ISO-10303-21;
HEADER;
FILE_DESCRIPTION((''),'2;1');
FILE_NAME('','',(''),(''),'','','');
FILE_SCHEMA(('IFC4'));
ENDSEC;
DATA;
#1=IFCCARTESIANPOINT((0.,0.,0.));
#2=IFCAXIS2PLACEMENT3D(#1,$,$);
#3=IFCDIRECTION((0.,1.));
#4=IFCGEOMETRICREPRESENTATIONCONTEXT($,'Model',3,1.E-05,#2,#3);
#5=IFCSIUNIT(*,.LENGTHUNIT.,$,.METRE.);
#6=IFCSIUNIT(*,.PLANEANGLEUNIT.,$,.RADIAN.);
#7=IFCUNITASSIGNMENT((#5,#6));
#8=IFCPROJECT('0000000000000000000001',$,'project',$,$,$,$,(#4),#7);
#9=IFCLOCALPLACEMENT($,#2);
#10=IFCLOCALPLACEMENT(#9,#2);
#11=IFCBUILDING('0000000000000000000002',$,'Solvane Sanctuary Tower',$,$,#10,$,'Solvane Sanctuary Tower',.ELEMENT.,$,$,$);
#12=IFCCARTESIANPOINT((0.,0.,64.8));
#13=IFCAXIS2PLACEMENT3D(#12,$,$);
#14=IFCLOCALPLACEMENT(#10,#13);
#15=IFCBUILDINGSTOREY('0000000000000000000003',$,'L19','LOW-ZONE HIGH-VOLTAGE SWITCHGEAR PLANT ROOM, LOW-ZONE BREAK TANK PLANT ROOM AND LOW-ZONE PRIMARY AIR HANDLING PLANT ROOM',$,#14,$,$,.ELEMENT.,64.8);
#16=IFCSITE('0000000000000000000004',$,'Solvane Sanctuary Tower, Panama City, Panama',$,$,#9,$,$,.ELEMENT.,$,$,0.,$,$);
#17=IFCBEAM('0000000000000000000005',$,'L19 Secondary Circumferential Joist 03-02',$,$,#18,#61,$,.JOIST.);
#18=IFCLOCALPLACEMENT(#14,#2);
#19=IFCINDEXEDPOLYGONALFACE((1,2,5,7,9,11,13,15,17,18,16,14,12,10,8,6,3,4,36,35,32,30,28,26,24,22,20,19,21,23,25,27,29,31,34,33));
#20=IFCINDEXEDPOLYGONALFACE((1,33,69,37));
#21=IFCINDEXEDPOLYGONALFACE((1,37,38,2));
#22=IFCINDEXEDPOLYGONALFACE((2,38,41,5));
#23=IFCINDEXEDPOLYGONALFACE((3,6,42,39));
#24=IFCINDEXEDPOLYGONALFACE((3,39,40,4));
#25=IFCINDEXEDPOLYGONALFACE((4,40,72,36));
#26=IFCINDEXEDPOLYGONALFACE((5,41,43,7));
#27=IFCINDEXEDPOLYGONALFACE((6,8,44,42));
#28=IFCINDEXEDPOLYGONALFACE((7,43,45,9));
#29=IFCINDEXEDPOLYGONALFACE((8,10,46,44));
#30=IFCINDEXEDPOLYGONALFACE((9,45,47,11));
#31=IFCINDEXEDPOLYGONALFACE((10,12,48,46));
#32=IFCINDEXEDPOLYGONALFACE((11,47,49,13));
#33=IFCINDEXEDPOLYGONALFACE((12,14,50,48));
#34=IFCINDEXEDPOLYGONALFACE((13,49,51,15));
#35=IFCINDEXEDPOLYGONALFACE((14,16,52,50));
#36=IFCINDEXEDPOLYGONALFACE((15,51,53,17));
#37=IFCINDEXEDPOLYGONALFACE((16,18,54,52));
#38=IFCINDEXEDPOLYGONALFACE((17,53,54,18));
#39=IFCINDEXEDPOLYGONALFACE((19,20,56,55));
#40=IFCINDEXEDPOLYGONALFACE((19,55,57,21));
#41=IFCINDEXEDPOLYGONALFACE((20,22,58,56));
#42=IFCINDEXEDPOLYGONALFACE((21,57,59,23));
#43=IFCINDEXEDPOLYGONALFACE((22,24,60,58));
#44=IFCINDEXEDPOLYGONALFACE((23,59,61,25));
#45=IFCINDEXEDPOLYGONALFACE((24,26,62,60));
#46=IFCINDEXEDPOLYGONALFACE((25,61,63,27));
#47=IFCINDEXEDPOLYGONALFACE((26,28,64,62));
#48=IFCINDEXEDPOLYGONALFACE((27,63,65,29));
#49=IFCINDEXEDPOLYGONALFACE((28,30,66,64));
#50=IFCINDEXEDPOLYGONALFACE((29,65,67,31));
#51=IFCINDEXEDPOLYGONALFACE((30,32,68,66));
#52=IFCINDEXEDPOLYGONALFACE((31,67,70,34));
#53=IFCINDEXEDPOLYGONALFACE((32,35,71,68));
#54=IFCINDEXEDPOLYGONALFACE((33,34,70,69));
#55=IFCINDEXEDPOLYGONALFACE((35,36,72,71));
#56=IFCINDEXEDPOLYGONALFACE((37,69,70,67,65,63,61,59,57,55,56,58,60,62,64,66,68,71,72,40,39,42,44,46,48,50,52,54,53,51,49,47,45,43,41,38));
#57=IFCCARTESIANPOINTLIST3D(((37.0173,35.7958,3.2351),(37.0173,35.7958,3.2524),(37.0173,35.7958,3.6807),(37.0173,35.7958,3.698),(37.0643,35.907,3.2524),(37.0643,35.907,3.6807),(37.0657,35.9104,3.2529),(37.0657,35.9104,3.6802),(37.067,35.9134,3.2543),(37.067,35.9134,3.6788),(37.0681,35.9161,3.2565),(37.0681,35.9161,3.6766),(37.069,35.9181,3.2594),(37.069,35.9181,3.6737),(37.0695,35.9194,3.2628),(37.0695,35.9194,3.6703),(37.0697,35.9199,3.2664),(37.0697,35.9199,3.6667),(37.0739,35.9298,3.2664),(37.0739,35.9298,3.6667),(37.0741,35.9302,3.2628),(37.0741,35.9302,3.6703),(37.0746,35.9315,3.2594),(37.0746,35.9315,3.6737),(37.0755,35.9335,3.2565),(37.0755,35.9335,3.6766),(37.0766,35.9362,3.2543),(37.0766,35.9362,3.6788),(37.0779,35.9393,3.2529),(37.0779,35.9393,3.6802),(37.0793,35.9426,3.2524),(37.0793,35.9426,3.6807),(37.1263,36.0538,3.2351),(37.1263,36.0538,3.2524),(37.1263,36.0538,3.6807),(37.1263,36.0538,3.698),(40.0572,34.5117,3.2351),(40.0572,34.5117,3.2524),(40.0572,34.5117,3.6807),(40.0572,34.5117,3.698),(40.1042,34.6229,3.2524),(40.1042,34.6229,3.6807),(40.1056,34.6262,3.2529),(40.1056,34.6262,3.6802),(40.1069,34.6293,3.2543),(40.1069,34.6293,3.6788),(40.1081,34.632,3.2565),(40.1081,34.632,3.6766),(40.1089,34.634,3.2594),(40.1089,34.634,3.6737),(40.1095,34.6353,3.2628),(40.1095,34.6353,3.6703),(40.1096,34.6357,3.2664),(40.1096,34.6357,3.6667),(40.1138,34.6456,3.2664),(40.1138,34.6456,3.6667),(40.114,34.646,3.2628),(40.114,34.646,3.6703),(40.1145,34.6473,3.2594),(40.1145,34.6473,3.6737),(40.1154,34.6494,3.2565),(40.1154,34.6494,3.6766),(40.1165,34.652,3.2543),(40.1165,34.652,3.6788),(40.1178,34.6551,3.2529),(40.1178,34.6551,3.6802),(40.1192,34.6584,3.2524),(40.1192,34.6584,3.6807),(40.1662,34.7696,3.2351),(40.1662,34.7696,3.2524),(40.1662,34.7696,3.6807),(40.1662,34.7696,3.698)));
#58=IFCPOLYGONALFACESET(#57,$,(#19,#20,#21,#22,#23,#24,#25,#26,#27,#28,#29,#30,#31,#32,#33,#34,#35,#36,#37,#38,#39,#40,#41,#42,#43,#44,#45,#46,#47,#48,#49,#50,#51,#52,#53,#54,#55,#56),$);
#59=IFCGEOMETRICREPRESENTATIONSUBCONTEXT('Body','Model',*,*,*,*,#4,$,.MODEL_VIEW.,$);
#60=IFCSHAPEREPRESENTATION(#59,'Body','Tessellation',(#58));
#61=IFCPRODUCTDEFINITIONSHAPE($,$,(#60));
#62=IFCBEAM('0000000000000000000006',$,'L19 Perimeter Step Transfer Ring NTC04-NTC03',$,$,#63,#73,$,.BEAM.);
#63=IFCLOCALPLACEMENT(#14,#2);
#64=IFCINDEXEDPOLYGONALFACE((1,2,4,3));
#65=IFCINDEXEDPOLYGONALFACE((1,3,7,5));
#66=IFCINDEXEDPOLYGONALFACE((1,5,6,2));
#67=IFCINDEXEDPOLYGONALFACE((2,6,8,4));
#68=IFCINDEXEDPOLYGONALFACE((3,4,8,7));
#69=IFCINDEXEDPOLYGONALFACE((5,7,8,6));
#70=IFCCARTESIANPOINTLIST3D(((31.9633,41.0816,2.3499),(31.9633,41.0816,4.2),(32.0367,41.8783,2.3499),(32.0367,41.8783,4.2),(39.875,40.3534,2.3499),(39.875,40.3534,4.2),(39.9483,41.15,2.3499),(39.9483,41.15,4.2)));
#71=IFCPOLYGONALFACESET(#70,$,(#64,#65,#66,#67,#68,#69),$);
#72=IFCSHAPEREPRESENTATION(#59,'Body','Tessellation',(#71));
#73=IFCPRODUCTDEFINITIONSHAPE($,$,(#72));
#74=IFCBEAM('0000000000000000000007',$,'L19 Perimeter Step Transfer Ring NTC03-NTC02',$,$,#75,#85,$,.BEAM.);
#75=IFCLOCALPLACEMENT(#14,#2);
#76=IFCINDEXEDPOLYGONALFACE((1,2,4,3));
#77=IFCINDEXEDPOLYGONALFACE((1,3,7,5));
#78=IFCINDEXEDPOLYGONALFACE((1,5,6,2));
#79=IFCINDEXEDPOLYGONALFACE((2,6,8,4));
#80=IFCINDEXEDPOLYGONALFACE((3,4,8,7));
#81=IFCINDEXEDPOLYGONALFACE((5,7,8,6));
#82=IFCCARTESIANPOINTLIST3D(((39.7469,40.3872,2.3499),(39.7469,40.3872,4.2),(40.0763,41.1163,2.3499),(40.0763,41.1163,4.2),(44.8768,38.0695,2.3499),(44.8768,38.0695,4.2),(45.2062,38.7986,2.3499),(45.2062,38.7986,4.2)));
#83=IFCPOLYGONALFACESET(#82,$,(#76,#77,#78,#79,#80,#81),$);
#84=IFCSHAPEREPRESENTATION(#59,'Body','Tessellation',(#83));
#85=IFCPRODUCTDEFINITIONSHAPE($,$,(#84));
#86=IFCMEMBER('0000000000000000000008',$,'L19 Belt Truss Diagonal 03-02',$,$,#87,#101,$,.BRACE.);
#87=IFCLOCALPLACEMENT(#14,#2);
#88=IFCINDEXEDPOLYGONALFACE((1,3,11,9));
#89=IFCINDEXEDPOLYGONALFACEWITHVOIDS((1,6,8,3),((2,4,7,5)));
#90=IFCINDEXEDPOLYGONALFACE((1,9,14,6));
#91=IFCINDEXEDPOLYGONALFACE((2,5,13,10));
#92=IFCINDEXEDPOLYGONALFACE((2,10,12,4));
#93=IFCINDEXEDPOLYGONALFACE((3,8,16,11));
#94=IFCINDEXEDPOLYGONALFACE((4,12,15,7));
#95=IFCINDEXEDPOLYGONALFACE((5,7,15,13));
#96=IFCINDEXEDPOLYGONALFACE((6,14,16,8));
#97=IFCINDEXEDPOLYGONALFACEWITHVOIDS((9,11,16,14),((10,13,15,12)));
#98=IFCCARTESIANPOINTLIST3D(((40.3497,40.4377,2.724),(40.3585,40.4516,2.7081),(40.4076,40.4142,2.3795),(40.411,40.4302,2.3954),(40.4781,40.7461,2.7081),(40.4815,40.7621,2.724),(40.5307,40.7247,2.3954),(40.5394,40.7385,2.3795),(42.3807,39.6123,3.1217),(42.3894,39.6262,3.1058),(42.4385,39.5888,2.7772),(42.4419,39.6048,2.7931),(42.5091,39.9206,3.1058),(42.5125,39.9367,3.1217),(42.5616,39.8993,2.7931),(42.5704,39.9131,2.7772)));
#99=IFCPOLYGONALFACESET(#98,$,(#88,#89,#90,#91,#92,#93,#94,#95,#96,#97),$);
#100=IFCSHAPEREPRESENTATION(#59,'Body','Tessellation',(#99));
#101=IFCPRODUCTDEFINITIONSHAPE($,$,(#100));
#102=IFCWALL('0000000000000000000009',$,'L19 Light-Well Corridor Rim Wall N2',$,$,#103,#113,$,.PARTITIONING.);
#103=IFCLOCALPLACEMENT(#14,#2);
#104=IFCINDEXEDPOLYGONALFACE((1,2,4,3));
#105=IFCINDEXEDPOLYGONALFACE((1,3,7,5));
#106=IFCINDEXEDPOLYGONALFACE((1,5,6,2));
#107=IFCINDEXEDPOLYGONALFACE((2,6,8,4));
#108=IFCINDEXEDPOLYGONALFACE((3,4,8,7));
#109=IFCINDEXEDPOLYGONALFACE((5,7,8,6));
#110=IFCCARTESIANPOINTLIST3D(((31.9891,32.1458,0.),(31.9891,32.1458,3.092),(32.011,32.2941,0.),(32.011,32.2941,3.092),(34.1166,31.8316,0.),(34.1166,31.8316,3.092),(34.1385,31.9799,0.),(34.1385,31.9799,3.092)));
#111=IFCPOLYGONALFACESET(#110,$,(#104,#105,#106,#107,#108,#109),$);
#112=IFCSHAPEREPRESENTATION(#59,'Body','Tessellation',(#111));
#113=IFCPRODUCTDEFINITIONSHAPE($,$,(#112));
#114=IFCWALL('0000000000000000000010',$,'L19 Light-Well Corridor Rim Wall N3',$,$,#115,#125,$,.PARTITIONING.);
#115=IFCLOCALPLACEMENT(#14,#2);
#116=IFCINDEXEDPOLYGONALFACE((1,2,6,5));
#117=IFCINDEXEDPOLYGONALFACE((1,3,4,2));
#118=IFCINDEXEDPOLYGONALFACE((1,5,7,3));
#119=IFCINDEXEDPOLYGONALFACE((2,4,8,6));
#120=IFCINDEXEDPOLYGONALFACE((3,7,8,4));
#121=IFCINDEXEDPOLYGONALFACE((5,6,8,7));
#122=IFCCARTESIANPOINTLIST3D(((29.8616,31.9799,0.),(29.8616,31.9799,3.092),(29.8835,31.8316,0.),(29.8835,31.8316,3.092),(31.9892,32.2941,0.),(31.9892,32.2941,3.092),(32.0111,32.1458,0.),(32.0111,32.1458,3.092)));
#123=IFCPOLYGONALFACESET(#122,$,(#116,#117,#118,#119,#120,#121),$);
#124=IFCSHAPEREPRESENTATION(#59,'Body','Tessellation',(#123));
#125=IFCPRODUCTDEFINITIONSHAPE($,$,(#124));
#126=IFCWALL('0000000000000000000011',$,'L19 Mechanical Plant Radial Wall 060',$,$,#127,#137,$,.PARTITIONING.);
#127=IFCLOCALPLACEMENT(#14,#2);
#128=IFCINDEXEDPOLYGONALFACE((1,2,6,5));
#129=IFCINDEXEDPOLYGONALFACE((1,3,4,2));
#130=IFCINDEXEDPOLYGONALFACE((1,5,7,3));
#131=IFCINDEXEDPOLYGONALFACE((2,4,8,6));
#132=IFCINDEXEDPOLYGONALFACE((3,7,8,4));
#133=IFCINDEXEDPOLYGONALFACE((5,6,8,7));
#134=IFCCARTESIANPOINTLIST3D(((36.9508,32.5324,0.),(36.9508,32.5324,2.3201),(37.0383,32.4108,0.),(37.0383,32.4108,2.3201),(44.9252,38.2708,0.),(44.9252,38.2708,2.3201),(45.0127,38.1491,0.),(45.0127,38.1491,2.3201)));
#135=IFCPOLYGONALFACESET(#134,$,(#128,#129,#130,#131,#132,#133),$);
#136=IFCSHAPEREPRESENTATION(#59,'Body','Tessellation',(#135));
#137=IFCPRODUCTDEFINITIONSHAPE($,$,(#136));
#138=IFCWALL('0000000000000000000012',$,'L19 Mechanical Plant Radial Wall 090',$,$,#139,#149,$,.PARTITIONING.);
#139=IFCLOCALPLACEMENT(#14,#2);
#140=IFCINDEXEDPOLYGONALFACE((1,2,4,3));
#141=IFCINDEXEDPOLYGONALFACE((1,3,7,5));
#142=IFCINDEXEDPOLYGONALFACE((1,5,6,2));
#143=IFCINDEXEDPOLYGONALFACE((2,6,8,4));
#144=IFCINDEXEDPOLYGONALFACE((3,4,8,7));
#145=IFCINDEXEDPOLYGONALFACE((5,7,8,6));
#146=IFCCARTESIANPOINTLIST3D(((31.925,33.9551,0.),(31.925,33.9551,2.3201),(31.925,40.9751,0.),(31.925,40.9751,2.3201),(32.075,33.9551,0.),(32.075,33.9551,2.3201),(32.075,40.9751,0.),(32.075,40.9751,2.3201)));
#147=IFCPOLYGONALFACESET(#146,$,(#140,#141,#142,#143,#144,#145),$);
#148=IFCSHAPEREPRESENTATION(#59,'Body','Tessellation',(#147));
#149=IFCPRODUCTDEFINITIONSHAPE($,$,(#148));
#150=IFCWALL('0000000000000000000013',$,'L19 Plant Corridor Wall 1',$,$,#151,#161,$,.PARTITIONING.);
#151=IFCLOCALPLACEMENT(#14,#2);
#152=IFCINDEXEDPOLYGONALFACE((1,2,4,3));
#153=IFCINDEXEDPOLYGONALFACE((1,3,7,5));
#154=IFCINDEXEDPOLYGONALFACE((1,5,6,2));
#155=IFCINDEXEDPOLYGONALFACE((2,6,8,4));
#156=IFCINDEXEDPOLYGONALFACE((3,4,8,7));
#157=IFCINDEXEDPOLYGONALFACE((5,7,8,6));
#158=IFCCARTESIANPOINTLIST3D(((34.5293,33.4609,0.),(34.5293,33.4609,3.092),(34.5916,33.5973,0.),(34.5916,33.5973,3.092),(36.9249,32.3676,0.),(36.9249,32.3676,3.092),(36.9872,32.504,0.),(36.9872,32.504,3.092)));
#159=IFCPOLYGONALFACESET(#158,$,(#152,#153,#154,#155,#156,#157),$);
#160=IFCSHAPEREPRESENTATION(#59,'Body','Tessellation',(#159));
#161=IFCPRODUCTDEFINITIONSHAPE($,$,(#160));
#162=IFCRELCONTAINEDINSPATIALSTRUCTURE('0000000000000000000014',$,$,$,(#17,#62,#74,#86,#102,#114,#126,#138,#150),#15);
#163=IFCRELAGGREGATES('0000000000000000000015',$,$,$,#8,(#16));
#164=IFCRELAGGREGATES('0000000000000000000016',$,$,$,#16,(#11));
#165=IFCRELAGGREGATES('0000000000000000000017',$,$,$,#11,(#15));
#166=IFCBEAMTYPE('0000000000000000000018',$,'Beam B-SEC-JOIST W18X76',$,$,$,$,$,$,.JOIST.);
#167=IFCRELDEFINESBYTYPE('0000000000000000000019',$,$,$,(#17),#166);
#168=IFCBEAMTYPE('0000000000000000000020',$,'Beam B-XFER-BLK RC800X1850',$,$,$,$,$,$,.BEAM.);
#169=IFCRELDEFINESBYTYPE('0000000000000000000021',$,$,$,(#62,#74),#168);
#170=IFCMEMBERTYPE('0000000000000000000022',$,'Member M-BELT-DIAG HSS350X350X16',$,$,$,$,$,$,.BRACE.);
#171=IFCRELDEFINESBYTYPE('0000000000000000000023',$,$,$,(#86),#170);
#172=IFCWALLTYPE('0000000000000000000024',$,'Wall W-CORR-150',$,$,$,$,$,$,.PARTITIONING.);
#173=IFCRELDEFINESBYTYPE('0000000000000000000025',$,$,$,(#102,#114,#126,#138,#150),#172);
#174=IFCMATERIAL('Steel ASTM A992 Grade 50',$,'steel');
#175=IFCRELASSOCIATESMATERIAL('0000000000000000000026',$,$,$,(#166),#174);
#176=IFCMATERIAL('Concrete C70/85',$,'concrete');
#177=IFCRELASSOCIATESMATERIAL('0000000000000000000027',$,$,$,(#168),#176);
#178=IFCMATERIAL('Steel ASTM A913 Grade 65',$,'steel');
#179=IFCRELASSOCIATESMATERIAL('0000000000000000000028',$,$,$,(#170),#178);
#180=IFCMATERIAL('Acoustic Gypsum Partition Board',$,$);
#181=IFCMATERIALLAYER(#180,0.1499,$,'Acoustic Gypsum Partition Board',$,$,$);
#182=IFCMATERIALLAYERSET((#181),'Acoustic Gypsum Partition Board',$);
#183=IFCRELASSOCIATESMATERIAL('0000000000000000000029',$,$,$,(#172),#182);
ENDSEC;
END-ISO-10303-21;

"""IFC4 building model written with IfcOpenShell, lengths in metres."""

from ifc_helpers import new_model, si_unit, direction, frame, frame_2d, origin, origin_2d, place, context, subcontext, project, spatial, rectangle, hollow_rectangle, i_section, extrude, material, layer, layer_set, material_profile, profile_set, type_object, element, save


model = new_model("IFC4")

# Units and contexts
model_context = context("Model", 3, precision=1e-05, world=origin(), true_north=direction((0.0, 1.0)))
body_context = subcontext(model_context, "Body", "Model", "MODEL_VIEW")
ifc_project = project(units=[si_unit("LENGTHUNIT", "METRE"), si_unit("PLANEANGLEUNIT", "RADIAN")], contexts=[model_context])

# Site, building, storey
site_placement = place(None, origin())
site = spatial("IfcSite", under=ifc_project, at=site_placement, Name="Solvane Sanctuary Tower, Panama City, Panama", CompositionType="ELEMENT", RefElevation=0.0)
building_placement = place(site_placement, origin())
building = spatial("IfcBuilding", under=site, at=building_placement, Name="Solvane Sanctuary Tower", LongName="Solvane Sanctuary Tower", CompositionType="ELEMENT")
storey_placement = place(building_placement, frame((0.0, 0.0, 64.8)))
storey = spatial("IfcBuildingStorey", under=building, at=storey_placement, Name="L19", Description="LOW-ZONE HIGH-VOLTAGE SWITCHGEAR PLANT ROOM, LOW-ZONE BREAK TANK PLANT ROOM AND LOW-ZONE PRIMARY AIR HANDLING PLANT ROOM", CompositionType="ELEMENT", Elevation=64.8)

# Beams
ifc_material_1 = material(Name="Steel ASTM A913 Grade 65", Category="steel")
ifc_material_2 = material(Name="Steel ASTM A992 Grade 50", Category="steel")
ifc_material_profile_1 = material_profile(ifc_material_2, i_section(OverallWidth=0.28, OverallDepth=0.4629, WebThickness=0.0107, FlangeThickness=0.0173, FilletRadius=0.0139, at=origin_2d()), Name="W18X76")
ifc_profile_set_1 = profile_set([ifc_material_profile_1], Name="Steel ASTM A992 Grade 50")
beam_type_1 = type_object("IfcBeamType", Name="Beam B-SEC-JOIST W18X76", PredefinedType="JOIST", material=ifc_profile_set_1)
beam_1_placement = place(storey_placement, frame((37.0718, 35.9248, 3.4666), z_axis=(0.921184, -0.389128, 0.0), x_axis=(0.389128, 0.921184, 0.0)))
element("IfcBeam", 1, at=beam_1_placement, inside=storey, type_object=beam_type_1, Name="L19 Secondary Circumferential Joist 03-02", PredefinedType="JOIST", context=body_context, shape_type="SweptSolid", body=[
    extrude(i_section(OverallWidth=0.28, OverallDepth=0.4629, WebThickness=0.0107, FlangeThickness=0.0173, FilletRadius=0.0139, at=origin_2d()), origin(), (0.0, 0.0, 1.0), 3.3),
])
ifc_material_3 = material(Name="Concrete C70/85", Category="concrete")
ifc_material_profile_2 = material_profile(ifc_material_3, rectangle(XDim=0.8, YDim=1.8501, at=origin_2d()), Name="RC800X1850")
ifc_profile_set_2 = profile_set([ifc_material_profile_2], Name="Concrete C70/85")
beam_type_2 = type_object("IfcBeamType", Name="Beam B-XFER-BLK RC800X1850", PredefinedType="BEAM", material=ifc_profile_set_2)
beam_2_placement = place(storey_placement, frame((32.0, 41.48, 3.2749), z_axis=(0.99579, -0.091663, 0.0), x_axis=(0.091663, 0.99579, 0.0)))
element("IfcBeam", 2, at=beam_2_placement, inside=storey, type_object=beam_type_2, Name="L19 Perimeter Step Transfer Ring NTC04-NTC03", PredefinedType="BEAM", context=body_context, shape_type="SweptSolid", body=[
    extrude(rectangle(XDim=0.8, YDim=1.8501, at=origin_2d()), origin(), (0.0, 0.0, 1.0), 7.9451),
])
beam_3_placement = place(storey_placement, frame((39.9116, 40.7517, 3.2749), z_axis=(0.91131, -0.41172, 0.0), x_axis=(0.41172, 0.91131, 0.0)))
element("IfcBeam", 3, at=beam_3_placement, inside=storey, type_object=beam_type_2, Name="L19 Perimeter Step Transfer Ring NTC03-NTC02", PredefinedType="BEAM", context=body_context, shape_type="SweptSolid", body=[
    extrude(rectangle(XDim=0.8, YDim=1.8501, at=origin_2d()), origin(), (0.0, 0.0, 1.0), 5.6292),
])

# Member
ifc_material_profile_3 = material_profile(ifc_material_1, hollow_rectangle(XDim=0.3501, YDim=0.3501, WallThickness=0.0161, at=origin_2d()), Name="HSS350X350X16")
ifc_profile_set_3 = profile_set([ifc_material_profile_3], Name="Steel ASTM A913 Grade 65")
member_type = type_object("IfcMemberType", Name="Member M-BELT-DIAG HSS350X350X16", PredefinedType="BRACE", material=ifc_profile_set_3)
member_placement = place(storey_placement, frame((40.4446, 40.5881, 2.5518), z_axis=(0.911535, -0.370465, 0.178494), x_axis=(0.376511, 0.926412, 0.0)))
element("IfcMember", 4, at=member_placement, inside=storey, type_object=member_type, Name="L19 Belt Truss Diagonal 03-02", PredefinedType="BRACE", context=body_context, shape_type="SweptSolid", body=[
    extrude(hollow_rectangle(XDim=0.3501, YDim=0.3501, WallThickness=0.0161, at=origin_2d()), origin(), (0.0, 0.0, 1.0), 2.228),
])

# Walls
ifc_material_4 = material(Name="Acoustic Gypsum Partition Board")
ifc_layer_1 = layer(ifc_material_4, 0.1499, Name="Acoustic Gypsum Partition Board")
ifc_layer_set_1 = layer_set([ifc_layer_1], Name="Acoustic Gypsum Partition Board")
wall_type_1 = type_object("IfcWallType", Name="Wall W-CORR-150", PredefinedType="PARTITIONING", material=ifc_layer_set_1)
for number, where, z_axis, x_axis, name in (
    (5, (34.1274, 31.9058, 0.0), (0.0, 0.0, 1.0), (-0.989269, 0.146108, 0.0), "L19 Light-Well Corridor Rim Wall N2"),
    (6, (32.0, 32.22, 0.0), (0.0, 0.0, 1.0), (-0.989269, -0.146108, 0.0), "L19 Light-Well Corridor Rim Wall N3"),
):
    element("IfcWall", number, at=place(storey_placement, frame(where, z_axis=z_axis, x_axis=x_axis)), inside=storey, type_object=wall_type_1, Name=name, PredefinedType="PARTITIONING", context=body_context, shape_type="SweptSolid", body=[
        extrude(rectangle(XDim=2.1506, YDim=0.1499, at=frame_2d((1.0752, 0.0))), origin(), (0.0, 0.0, 1.0), 3.092),
    ])
wall_1_placement = place(storey_placement, frame((36.9946, 32.4717, 0.0), z_axis=(0.0, 0.0, 1.0), x_axis=(0.811692, 0.584086, 0.0)))
element("IfcWall", 7, at=wall_1_placement, inside=storey, type_object=wall_type_1, Name="L19 Mechanical Plant Radial Wall 060", PredefinedType="PARTITIONING", context=body_context, shape_type="SweptSolid", body=[
    extrude(rectangle(XDim=9.8245, YDim=0.1499, at=frame_2d((4.9121, 0.0))), origin(), (0.0, 0.0, 1.0), 2.3201),
])
wall_2_placement = place(storey_placement, frame((32.0, 33.9551, 0.0), z_axis=(0.0, 0.0, 1.0), x_axis=(0.0, 1.0, 0.0)))
element("IfcWall", 8, at=wall_2_placement, inside=storey, type_object=wall_type_1, Name="L19 Mechanical Plant Radial Wall 090", PredefinedType="PARTITIONING", context=body_context, shape_type="SweptSolid", body=[
    extrude(rectangle(XDim=7.02, YDim=0.1499, at=frame_2d((3.51, 0.0))), origin(), (0.0, 0.0, 1.0), 2.3201),
])
wall_3_placement = place(storey_placement, frame((36.9561, 32.4358, 0.0), z_axis=(0.0, 0.0, 1.0), x_axis=(-0.909737, 0.415186, 0.0)))
element("IfcWall", 9, at=wall_3_placement, inside=storey, type_object=wall_type_1, Name="L19 Plant Corridor Wall 1", PredefinedType="PARTITIONING", context=body_context, shape_type="SweptSolid", body=[
    extrude(rectangle(XDim=2.6333, YDim=0.1499, at=frame_2d((1.3167, 0.0))), origin(), (0.0, 0.0, 1.0), 3.092),
])

save(model, "model.ifc")
